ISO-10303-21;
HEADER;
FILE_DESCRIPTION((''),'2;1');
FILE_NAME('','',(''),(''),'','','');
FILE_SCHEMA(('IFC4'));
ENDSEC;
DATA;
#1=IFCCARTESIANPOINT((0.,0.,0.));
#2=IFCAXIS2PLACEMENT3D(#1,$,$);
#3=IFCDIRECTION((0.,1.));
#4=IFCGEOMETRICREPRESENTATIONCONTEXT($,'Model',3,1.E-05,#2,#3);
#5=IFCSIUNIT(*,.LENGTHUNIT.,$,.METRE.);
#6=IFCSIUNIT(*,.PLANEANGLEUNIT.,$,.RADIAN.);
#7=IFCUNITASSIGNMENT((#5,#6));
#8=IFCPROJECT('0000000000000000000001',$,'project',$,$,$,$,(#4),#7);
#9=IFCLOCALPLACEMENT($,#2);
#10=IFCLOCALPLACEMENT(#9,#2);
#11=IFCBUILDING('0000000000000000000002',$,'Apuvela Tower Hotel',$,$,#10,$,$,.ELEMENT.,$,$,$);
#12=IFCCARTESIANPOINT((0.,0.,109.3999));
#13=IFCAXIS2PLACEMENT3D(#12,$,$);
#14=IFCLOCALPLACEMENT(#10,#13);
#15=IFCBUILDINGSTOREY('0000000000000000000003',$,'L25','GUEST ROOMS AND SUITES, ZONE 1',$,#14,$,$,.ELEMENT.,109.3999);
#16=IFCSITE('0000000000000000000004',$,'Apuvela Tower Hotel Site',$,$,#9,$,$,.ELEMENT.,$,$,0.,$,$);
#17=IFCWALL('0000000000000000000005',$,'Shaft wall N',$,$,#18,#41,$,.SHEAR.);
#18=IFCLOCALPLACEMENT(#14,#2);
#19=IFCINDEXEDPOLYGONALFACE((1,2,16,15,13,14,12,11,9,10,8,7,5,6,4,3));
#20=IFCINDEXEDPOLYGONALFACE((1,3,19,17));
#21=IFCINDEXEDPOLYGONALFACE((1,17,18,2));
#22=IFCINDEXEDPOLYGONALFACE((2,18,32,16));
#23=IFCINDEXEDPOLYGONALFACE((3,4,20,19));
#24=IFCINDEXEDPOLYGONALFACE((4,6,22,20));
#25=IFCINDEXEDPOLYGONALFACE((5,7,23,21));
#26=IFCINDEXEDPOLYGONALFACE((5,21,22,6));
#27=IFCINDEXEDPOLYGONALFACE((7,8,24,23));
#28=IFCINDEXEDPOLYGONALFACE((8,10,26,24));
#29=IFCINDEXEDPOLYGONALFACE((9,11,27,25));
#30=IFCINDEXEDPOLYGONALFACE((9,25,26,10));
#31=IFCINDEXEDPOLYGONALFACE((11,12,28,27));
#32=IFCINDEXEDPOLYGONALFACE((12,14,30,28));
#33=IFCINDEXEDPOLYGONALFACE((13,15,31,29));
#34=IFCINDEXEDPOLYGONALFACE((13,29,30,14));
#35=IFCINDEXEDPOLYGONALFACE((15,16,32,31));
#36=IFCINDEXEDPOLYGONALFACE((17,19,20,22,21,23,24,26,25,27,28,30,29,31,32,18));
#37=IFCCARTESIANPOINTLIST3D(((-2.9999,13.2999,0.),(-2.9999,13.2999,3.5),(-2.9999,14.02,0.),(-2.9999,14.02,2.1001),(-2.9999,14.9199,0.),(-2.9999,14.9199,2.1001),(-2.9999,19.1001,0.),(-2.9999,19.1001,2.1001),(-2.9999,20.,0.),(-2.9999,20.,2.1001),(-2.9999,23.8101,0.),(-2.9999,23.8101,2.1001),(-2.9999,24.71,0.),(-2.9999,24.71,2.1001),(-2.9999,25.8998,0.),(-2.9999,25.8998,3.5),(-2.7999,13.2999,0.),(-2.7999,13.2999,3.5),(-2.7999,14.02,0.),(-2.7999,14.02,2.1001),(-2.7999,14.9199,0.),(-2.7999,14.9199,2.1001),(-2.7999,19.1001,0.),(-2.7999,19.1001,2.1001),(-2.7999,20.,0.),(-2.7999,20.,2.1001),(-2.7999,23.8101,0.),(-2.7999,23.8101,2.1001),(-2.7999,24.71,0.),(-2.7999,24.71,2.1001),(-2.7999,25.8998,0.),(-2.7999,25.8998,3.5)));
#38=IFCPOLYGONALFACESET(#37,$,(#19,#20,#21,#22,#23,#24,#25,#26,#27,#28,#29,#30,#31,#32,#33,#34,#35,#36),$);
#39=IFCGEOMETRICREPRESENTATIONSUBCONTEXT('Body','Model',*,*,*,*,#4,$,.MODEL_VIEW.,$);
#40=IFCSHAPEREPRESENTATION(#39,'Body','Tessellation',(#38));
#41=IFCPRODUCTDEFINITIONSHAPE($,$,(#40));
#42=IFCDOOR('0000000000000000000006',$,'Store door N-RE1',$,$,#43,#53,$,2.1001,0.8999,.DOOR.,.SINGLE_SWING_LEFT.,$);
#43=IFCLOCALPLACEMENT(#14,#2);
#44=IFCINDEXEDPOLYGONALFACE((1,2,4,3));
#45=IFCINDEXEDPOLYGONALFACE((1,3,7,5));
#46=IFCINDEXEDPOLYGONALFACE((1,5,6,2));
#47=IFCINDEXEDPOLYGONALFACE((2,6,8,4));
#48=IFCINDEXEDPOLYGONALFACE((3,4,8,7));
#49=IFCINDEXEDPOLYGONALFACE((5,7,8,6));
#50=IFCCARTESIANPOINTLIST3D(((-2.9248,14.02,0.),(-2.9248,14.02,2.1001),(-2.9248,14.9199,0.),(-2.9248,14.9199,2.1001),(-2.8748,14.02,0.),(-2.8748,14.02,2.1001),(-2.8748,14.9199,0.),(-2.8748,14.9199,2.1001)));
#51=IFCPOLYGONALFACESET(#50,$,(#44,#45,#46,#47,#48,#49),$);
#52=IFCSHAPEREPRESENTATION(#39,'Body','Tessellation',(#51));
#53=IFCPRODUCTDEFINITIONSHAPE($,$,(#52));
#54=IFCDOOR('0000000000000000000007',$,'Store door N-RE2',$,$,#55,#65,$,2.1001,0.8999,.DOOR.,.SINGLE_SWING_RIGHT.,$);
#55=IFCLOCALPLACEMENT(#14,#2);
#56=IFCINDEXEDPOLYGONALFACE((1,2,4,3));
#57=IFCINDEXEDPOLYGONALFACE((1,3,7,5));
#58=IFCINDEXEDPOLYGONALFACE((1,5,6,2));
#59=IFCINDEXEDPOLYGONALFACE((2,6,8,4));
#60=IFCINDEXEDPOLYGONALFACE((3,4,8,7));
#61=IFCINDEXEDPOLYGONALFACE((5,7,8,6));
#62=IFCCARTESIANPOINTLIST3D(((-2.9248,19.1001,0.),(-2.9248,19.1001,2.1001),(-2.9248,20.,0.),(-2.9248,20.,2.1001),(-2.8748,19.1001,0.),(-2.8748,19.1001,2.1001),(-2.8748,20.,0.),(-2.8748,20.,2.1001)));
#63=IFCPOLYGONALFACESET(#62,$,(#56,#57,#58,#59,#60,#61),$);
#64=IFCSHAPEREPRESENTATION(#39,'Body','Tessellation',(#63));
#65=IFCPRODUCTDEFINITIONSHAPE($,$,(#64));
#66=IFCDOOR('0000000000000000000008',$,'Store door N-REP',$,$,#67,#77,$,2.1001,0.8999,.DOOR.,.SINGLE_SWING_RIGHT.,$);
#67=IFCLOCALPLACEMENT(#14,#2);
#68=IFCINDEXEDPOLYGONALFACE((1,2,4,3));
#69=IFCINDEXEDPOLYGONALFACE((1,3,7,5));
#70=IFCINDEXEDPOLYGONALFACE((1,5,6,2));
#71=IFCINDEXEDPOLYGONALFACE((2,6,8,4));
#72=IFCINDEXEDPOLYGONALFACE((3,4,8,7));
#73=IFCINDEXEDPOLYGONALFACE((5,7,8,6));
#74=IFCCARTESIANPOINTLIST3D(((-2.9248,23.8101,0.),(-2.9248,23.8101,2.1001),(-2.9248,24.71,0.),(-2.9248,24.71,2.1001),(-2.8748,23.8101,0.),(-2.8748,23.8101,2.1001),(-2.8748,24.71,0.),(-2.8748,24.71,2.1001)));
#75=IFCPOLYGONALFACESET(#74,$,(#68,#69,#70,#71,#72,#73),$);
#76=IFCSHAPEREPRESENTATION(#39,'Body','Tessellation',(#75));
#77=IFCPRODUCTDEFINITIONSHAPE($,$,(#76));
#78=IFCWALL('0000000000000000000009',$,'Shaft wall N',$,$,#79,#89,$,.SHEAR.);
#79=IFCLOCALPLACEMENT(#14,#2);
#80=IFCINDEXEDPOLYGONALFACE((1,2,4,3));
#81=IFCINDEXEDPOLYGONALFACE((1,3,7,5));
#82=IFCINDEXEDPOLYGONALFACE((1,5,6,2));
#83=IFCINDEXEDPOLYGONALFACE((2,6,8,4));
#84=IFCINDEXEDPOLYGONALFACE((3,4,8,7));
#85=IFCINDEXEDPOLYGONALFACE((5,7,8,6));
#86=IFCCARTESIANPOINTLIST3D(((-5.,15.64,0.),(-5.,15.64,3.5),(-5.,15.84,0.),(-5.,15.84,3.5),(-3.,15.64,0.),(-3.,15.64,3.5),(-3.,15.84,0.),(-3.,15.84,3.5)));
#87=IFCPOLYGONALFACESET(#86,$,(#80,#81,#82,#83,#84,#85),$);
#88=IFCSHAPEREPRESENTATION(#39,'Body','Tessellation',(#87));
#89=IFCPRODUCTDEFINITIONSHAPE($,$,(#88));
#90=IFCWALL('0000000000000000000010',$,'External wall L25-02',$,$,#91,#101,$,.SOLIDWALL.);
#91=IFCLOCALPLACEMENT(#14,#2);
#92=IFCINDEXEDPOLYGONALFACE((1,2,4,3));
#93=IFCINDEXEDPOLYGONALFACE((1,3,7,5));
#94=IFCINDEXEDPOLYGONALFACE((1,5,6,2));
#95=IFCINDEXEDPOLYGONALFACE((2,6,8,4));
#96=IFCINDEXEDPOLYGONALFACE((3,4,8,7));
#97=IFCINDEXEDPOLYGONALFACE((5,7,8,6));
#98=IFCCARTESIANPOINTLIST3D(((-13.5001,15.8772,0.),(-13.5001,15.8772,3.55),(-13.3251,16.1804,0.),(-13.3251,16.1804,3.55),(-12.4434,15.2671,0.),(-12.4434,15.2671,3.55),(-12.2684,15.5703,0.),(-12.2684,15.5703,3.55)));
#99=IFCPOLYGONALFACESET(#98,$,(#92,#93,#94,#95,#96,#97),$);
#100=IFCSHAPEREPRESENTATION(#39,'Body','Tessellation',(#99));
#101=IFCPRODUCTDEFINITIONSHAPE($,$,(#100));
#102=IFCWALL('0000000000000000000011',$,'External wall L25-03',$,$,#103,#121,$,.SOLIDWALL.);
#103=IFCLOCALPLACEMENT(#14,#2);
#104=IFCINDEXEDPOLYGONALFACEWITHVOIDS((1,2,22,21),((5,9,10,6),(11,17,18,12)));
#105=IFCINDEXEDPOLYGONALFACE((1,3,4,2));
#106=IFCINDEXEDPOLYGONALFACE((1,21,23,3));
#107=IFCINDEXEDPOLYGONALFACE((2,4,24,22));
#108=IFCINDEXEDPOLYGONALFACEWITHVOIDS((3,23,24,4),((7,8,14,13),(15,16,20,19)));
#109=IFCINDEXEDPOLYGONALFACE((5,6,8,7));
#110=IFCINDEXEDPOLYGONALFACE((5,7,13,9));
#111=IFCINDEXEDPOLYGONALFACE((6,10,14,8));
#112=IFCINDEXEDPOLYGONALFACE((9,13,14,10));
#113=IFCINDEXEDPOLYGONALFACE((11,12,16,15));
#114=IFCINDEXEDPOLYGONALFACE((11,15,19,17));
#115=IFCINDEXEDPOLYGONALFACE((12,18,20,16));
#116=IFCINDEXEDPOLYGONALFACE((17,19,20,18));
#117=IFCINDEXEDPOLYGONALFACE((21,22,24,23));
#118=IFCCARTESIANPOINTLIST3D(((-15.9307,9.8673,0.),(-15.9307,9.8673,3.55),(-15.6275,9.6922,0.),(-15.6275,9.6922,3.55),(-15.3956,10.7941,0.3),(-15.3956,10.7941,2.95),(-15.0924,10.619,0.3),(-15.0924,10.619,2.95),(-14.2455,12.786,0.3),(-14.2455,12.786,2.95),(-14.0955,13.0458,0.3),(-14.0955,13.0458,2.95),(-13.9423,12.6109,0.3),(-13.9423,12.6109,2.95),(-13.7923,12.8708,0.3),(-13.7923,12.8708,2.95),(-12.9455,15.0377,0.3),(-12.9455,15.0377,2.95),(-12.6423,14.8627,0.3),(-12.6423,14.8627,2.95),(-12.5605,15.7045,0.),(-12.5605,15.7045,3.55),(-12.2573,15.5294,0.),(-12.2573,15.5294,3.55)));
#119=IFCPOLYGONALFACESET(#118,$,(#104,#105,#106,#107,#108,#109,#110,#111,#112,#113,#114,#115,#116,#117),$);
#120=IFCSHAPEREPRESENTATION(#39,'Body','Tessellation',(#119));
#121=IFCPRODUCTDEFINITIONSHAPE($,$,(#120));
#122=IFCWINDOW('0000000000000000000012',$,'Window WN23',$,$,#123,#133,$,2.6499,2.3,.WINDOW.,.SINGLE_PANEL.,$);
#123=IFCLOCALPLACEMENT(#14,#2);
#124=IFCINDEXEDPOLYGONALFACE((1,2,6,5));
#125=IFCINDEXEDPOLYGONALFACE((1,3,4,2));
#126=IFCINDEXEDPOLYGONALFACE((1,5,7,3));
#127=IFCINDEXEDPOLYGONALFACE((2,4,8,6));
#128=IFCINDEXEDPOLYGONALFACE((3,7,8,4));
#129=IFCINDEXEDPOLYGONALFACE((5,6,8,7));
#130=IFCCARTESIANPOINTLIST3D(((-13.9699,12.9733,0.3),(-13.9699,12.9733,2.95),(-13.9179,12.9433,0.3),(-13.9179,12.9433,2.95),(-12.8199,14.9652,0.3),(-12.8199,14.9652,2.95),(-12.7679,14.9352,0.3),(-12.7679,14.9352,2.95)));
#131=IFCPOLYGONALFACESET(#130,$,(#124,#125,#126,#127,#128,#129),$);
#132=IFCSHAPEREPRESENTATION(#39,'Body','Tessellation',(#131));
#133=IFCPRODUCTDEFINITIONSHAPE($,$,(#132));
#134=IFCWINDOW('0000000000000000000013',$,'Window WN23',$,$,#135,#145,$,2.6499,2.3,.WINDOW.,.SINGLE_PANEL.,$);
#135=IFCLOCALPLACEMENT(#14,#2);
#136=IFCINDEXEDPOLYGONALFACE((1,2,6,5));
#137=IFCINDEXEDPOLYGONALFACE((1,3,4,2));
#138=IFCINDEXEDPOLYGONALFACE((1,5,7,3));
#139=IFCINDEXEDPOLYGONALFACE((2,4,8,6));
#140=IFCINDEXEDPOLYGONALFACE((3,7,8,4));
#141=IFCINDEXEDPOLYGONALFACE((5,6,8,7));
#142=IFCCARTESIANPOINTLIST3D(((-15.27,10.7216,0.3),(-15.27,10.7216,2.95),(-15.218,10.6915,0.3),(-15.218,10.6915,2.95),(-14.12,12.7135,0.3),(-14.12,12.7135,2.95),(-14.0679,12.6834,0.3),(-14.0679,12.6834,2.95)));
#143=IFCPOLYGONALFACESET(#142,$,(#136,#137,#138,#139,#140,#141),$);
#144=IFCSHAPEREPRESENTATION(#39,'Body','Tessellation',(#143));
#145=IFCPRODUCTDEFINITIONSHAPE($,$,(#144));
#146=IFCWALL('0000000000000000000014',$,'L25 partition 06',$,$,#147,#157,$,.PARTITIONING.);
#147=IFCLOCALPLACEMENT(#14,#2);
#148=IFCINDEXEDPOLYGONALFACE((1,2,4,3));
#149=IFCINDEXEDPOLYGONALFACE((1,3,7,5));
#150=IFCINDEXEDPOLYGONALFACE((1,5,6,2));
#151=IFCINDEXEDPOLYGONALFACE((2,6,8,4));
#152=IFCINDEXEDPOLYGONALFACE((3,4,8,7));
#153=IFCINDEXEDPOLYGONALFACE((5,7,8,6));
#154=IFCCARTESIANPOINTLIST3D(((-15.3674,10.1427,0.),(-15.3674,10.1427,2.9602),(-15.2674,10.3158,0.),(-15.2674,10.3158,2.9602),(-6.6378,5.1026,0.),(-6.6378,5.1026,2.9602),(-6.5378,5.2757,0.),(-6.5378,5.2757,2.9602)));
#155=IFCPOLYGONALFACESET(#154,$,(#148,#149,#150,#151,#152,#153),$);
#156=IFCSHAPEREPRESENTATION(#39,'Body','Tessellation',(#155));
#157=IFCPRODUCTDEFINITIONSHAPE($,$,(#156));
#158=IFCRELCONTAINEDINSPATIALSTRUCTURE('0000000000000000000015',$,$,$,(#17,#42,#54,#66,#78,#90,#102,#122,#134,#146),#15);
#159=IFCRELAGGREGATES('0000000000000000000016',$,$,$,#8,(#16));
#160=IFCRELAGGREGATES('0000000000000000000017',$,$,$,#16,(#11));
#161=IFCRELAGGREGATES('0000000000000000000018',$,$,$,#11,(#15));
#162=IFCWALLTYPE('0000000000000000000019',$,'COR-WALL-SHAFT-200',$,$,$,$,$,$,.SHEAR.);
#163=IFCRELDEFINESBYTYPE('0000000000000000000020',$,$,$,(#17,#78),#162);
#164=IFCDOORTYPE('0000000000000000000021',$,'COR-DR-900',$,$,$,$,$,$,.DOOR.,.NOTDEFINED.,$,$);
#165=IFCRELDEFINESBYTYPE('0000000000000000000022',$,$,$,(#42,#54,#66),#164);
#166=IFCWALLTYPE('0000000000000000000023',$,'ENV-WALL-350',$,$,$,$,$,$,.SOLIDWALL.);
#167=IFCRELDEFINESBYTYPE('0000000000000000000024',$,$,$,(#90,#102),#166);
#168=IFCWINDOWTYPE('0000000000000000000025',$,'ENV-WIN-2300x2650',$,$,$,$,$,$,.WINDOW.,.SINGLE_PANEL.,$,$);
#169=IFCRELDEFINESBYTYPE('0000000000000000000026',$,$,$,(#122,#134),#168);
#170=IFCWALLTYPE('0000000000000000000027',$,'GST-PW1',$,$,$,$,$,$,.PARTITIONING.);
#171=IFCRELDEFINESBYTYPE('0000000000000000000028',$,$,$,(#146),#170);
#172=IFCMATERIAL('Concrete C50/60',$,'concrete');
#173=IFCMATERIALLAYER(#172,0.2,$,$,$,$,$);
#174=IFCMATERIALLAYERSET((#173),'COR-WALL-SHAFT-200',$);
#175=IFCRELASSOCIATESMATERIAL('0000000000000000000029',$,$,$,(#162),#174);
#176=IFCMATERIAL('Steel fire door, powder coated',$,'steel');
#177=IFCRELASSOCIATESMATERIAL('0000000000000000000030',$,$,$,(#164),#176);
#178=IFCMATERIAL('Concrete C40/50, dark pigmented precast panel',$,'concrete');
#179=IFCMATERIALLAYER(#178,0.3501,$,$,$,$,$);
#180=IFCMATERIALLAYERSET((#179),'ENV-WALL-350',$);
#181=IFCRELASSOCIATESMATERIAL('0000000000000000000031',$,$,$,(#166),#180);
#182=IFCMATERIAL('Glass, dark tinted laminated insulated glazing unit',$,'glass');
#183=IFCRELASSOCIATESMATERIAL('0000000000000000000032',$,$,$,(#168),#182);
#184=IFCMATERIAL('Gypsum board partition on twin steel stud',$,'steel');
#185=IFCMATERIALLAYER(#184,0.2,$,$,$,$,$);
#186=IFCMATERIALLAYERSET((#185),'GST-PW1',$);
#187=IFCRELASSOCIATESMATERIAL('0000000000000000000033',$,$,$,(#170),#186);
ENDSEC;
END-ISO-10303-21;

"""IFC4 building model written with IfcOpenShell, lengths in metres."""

from ifc_helpers import new_model, si_unit, direction, frame, frame_2d, origin, place, context, subcontext, project, spatial, rectangle, extrude, material, layer, layer_set, type_object, element, fill, save


model = new_model("IFC4")

# Units and contexts
model_context = context("Model", 3, precision=1e-05, world=origin(), true_north=direction((0.0, 1.0)))
body_context = subcontext(model_context, "Body", "Model", "MODEL_VIEW")
ifc_project = project(units=[si_unit("LENGTHUNIT", "METRE"), si_unit("PLANEANGLEUNIT", "RADIAN")], contexts=[model_context])

# Site, building, storey
site_placement = place(None, origin())
site = spatial("IfcSite", under=ifc_project, at=site_placement, Name="Apuvela Tower Hotel Site", CompositionType="ELEMENT", RefElevation=0.0)
building_placement = place(site_placement, origin())
building = spatial("IfcBuilding", under=site, at=building_placement, Name="Apuvela Tower Hotel", CompositionType="ELEMENT")
storey_placement = place(building_placement, frame((0.0, 0.0, 109.3999)))
storey = spatial("IfcBuildingStorey", under=building, at=storey_placement, Name="L25", Description="GUEST ROOMS AND SUITES, ZONE 1", CompositionType="ELEMENT", Elevation=109.3999)

# Shared definitions
ifc_material_1 = material(Name="Concrete C50/60", Category="concrete")
ifc_layer_1 = layer(ifc_material_1, 0.2)
ifc_layer_set_1 = layer_set([ifc_layer_1], Name="COR-WALL-SHAFT-200")
wall_type_1 = type_object("IfcWallType", Name="COR-WALL-SHAFT-200", PredefinedType="SHEAR", material=ifc_layer_set_1)

# Wall, openings, doors
wall_1_placement = place(storey_placement, frame((-2.8999, 13.3, 0.0), z_axis=(0.0, 0.0, 1.0), x_axis=(0.0, 1.0, 0.0)))
wall_1 = element("IfcWall", 1, at=wall_1_placement, inside=storey, type_object=wall_type_1, Name="Shaft wall N", PredefinedType="SHEAR", context=body_context, shape_type="SweptSolid", body=[
    extrude(rectangle(XDim=12.5999, YDim=0.2, at=frame_2d((6.2998, 0.0))), origin(), (0.0, 0.0, 1.0), 3.5),
])
opening_1_placement = place(wall_1_placement, frame((0.72, 0.0, 0.0)))
opening_1 = element("IfcOpeningElement", 2, at=opening_1_placement, cuts=wall_1, PredefinedType="OPENING", context=body_context, shape_type="SweptSolid", body=[
    extrude(rectangle(XDim=0.8999, YDim=2.1001, at=frame_2d((0.45, 1.05))), frame((0.0, 0.1099, 0.0), z_axis=(0.0, -1.0, 0.0), x_axis=(1.0, 0.0, 0.0)), (0.0, 0.0, 1.0), 0.22),
])
opening_2_placement = place(wall_1_placement, frame((5.8, 0.0, 0.0)))
opening_2 = element("IfcOpeningElement", 3, at=opening_2_placement, cuts=wall_1, PredefinedType="OPENING", context=body_context, shape_type="SweptSolid", body=[
    extrude(rectangle(XDim=0.8999, YDim=2.1001, at=frame_2d((0.45, 1.05))), frame((0.0, 0.1099, 0.0), z_axis=(0.0, -1.0, 0.0), x_axis=(1.0, 0.0, 0.0)), (0.0, 0.0, 1.0), 0.22),
])
opening_3_placement = place(wall_1_placement, frame((10.51, 0.0, 0.0)))
opening_3 = element("IfcOpeningElement", 4, at=opening_3_placement, cuts=wall_1, PredefinedType="OPENING", context=body_context, shape_type="SweptSolid", body=[
    extrude(rectangle(XDim=0.8999, YDim=2.1001, at=frame_2d((0.45, 1.05))), frame((0.0, 0.1099, 0.0), z_axis=(0.0, -1.0, 0.0), x_axis=(1.0, 0.0, 0.0)), (0.0, 0.0, 1.0), 0.22),
])
ifc_material_2 = material(Name="Steel fire door, powder coated", Category="steel")
door_type_1 = type_object("IfcDoorType", Name="COR-DR-900", OperationType="NOTDEFINED", PredefinedType="DOOR", material=ifc_material_2)
door_1_placement = place(opening_1_placement, origin())
door_1 = element("IfcDoor", 5, at=door_1_placement, inside=storey, type_object=door_type_1, Name="Store door N-RE1", OperationType="SINGLE_SWING_LEFT", OverallHeight=2.1001, OverallWidth=0.8999, PredefinedType="DOOR", context=body_context, shape_type="SweptSolid", body=[
    extrude(rectangle(XDim=0.8999, YDim=2.1001, at=frame_2d((0.45, 1.05))), frame((0.0, 0.0249, 0.0), z_axis=(0.0, -1.0, 0.0), x_axis=(1.0, 0.0, 0.0)), (0.0, 0.0, 1.0), 0.05),
])
fill(opening_1, door_1)
door_2_placement = place(opening_2_placement, origin())
door_2 = element("IfcDoor", 6, at=door_2_placement, inside=storey, type_object=door_type_1, Name="Store door N-RE2", OperationType="SINGLE_SWING_RIGHT", OverallHeight=2.1001, OverallWidth=0.8999, PredefinedType="DOOR", context=body_context, shape_type="SweptSolid", body=[
    extrude(rectangle(XDim=0.8999, YDim=2.1001, at=frame_2d((0.45, 1.05))), frame((0.0, 0.0249, 0.0), z_axis=(0.0, -1.0, 0.0), x_axis=(1.0, 0.0, 0.0)), (0.0, 0.0, 1.0), 0.05),
])
fill(opening_2, door_2)
door_3_placement = place(opening_3_placement, origin())
door_3 = element("IfcDoor", 7, at=door_3_placement, inside=storey, type_object=door_type_1, Name="Store door N-REP", OperationType="SINGLE_SWING_RIGHT", OverallHeight=2.1001, OverallWidth=0.8999, PredefinedType="DOOR", context=body_context, shape_type="SweptSolid", body=[
    extrude(rectangle(XDim=0.8999, YDim=2.1001, at=frame_2d((0.45, 1.05))), frame((0.0, 0.0249, 0.0), z_axis=(0.0, -1.0, 0.0), x_axis=(1.0, 0.0, 0.0)), (0.0, 0.0, 1.0), 0.05),
])
fill(opening_3, door_3)

# Walls
wall_2_placement = place(storey_placement, frame((-3.0, 15.74, 0.0), z_axis=(0.0, 0.0, 1.0), x_axis=(-1.0, 0.0, 0.0)))
element("IfcWall", 8, at=wall_2_placement, inside=storey, type_object=wall_type_1, Name="Shaft wall N", PredefinedType="SHEAR", context=body_context, shape_type="SweptSolid", body=[
    extrude(rectangle(XDim=2.0, YDim=0.2, at=frame_2d((1.0, 0.0))), origin(), (0.0, 0.0, 1.0), 3.5),
])
ifc_material_3 = material(Name="Concrete C40/50, dark pigmented precast panel", Category="concrete")
ifc_layer_2 = layer(ifc_material_3, 0.3501)
ifc_layer_set_2 = layer_set([ifc_layer_2], Name="ENV-WALL-350")
wall_type_2 = type_object("IfcWallType", Name="ENV-WALL-350", PredefinedType="SOLIDWALL", material=ifc_layer_set_2)
wall_3_placement = place(storey_placement, frame((-13.4126, 16.0288, 0.0), z_axis=(0.0, 0.0, 1.0), x_axis=(0.866006, -0.500034, 0.0)))
element("IfcWall", 9, at=wall_3_placement, inside=storey, type_object=wall_type_2, Name="External wall L25-02", PredefinedType="SOLIDWALL", context=body_context, shape_type="SweptSolid", body=[
    extrude(rectangle(XDim=1.2202, YDim=0.3501, at=frame_2d((0.6101, 0.0))), origin(), (0.0, 0.0, 1.0), 3.55),
])

# Wall, openings, windows
wall_4_placement = place(storey_placement, frame((-12.4089, 15.6169, 0.0), z_axis=(0.0, 0.0, 1.0), x_axis=(-0.500004, -0.866023, 0.0)))
wall_4 = element("IfcWall", 10, at=wall_4_placement, inside=storey, type_object=wall_type_2, Name="External wall L25-03", PredefinedType="SOLIDWALL", context=body_context, shape_type="SweptSolid", body=[
    extrude(rectangle(XDim=6.7402, YDim=0.3501, at=frame_2d((3.3701, 0.0))), origin(), (0.0, 0.0, 1.0), 3.55),
])
opening_4_placement = place(wall_4_placement, frame((0.77, 0.0, 0.3)))
opening_4 = element("IfcOpeningElement", 11, at=opening_4_placement, cuts=wall_4, PredefinedType="OPENING", context=body_context, shape_type="SweptSolid", body=[
    extrude(rectangle(XDim=2.3, YDim=2.6499, at=frame_2d((1.1499, 1.325))), frame((0.0, 0.1851, 0.0), z_axis=(0.0, -1.0, 0.0), x_axis=(1.0, 0.0, 0.0)), (0.0, 0.0, 1.0), 0.3701),
])
opening_5_placement = place(wall_4_placement, frame((3.3701, 0.0, 0.3)))
opening_5 = element("IfcOpeningElement", 12, at=opening_5_placement, cuts=wall_4, PredefinedType="OPENING", context=body_context, shape_type="SweptSolid", body=[
    extrude(rectangle(XDim=2.3, YDim=2.6499, at=frame_2d((1.1499, 1.325))), frame((0.0, 0.1851, 0.0), z_axis=(0.0, -1.0, 0.0), x_axis=(1.0, 0.0, 0.0)), (0.0, 0.0, 1.0), 0.3701),
])
ifc_material_4 = material(Name="Glass, dark tinted laminated insulated glazing unit", Category="glass")
window_type_1 = type_object("IfcWindowType", Name="ENV-WIN-2300x2650", PartitioningType="SINGLE_PANEL", PredefinedType="WINDOW", material=ifc_material_4)
window_1_placement = place(opening_4_placement, origin())
window_1 = element("IfcWindow", 13, at=window_1_placement, inside=storey, type_object=window_type_1, Name="Window WN23", OverallHeight=2.6499, OverallWidth=2.3, PartitioningType="SINGLE_PANEL", PredefinedType="WINDOW", context=body_context, shape_type="SweptSolid", body=[
    extrude(rectangle(XDim=2.3, YDim=2.6499, at=frame_2d((1.1499, 1.325))), frame((0.0, 0.03, 0.0), z_axis=(0.0, -1.0, 0.0), x_axis=(1.0, 0.0, 0.0)), (0.0, 0.0, 1.0), 0.0601),
])
fill(opening_4, window_1)
window_2_placement = place(opening_5_placement, origin())
window_2 = element("IfcWindow", 14, at=window_2_placement, inside=storey, type_object=window_type_1, Name="Window WN23", OverallHeight=2.6499, OverallWidth=2.3, PartitioningType="SINGLE_PANEL", PredefinedType="WINDOW", context=body_context, shape_type="SweptSolid", body=[
    extrude(rectangle(XDim=2.3, YDim=2.6499, at=frame_2d((1.1499, 1.325))), frame((0.0, 0.03, 0.0), z_axis=(0.0, -1.0, 0.0), x_axis=(1.0, 0.0, 0.0)), (0.0, 0.0, 1.0), 0.0601),
])
fill(opening_5, window_2)

# Wall
ifc_material_5 = material(Name="Gypsum board partition on twin steel stud", Category="steel")
ifc_layer_3 = layer(ifc_material_5, 0.2)
ifc_layer_set_3 = layer_set([ifc_layer_3], Name="GST-PW1")
wall_type_3 = type_object("IfcWallType", Name="GST-PW1", PredefinedType="PARTITIONING", material=ifc_layer_set_3)
wall_5_placement = place(storey_placement, frame((-15.3174, 10.2292, 0.0), z_axis=(0.0, 0.0, 1.0), x_axis=(0.866023, -0.500005, 0.0)))
element("IfcWall", 15, at=wall_5_placement, inside=storey, type_object=wall_type_3, Name="L25 partition 06", PredefinedType="PARTITIONING", context=body_context, shape_type="SweptSolid", body=[
    extrude(rectangle(XDim=10.0801, YDim=0.2, at=frame_2d((5.04, 0.0))), origin(), (0.0, 0.0, 1.0), 2.9602),
])

save(model, "model.ifc")
